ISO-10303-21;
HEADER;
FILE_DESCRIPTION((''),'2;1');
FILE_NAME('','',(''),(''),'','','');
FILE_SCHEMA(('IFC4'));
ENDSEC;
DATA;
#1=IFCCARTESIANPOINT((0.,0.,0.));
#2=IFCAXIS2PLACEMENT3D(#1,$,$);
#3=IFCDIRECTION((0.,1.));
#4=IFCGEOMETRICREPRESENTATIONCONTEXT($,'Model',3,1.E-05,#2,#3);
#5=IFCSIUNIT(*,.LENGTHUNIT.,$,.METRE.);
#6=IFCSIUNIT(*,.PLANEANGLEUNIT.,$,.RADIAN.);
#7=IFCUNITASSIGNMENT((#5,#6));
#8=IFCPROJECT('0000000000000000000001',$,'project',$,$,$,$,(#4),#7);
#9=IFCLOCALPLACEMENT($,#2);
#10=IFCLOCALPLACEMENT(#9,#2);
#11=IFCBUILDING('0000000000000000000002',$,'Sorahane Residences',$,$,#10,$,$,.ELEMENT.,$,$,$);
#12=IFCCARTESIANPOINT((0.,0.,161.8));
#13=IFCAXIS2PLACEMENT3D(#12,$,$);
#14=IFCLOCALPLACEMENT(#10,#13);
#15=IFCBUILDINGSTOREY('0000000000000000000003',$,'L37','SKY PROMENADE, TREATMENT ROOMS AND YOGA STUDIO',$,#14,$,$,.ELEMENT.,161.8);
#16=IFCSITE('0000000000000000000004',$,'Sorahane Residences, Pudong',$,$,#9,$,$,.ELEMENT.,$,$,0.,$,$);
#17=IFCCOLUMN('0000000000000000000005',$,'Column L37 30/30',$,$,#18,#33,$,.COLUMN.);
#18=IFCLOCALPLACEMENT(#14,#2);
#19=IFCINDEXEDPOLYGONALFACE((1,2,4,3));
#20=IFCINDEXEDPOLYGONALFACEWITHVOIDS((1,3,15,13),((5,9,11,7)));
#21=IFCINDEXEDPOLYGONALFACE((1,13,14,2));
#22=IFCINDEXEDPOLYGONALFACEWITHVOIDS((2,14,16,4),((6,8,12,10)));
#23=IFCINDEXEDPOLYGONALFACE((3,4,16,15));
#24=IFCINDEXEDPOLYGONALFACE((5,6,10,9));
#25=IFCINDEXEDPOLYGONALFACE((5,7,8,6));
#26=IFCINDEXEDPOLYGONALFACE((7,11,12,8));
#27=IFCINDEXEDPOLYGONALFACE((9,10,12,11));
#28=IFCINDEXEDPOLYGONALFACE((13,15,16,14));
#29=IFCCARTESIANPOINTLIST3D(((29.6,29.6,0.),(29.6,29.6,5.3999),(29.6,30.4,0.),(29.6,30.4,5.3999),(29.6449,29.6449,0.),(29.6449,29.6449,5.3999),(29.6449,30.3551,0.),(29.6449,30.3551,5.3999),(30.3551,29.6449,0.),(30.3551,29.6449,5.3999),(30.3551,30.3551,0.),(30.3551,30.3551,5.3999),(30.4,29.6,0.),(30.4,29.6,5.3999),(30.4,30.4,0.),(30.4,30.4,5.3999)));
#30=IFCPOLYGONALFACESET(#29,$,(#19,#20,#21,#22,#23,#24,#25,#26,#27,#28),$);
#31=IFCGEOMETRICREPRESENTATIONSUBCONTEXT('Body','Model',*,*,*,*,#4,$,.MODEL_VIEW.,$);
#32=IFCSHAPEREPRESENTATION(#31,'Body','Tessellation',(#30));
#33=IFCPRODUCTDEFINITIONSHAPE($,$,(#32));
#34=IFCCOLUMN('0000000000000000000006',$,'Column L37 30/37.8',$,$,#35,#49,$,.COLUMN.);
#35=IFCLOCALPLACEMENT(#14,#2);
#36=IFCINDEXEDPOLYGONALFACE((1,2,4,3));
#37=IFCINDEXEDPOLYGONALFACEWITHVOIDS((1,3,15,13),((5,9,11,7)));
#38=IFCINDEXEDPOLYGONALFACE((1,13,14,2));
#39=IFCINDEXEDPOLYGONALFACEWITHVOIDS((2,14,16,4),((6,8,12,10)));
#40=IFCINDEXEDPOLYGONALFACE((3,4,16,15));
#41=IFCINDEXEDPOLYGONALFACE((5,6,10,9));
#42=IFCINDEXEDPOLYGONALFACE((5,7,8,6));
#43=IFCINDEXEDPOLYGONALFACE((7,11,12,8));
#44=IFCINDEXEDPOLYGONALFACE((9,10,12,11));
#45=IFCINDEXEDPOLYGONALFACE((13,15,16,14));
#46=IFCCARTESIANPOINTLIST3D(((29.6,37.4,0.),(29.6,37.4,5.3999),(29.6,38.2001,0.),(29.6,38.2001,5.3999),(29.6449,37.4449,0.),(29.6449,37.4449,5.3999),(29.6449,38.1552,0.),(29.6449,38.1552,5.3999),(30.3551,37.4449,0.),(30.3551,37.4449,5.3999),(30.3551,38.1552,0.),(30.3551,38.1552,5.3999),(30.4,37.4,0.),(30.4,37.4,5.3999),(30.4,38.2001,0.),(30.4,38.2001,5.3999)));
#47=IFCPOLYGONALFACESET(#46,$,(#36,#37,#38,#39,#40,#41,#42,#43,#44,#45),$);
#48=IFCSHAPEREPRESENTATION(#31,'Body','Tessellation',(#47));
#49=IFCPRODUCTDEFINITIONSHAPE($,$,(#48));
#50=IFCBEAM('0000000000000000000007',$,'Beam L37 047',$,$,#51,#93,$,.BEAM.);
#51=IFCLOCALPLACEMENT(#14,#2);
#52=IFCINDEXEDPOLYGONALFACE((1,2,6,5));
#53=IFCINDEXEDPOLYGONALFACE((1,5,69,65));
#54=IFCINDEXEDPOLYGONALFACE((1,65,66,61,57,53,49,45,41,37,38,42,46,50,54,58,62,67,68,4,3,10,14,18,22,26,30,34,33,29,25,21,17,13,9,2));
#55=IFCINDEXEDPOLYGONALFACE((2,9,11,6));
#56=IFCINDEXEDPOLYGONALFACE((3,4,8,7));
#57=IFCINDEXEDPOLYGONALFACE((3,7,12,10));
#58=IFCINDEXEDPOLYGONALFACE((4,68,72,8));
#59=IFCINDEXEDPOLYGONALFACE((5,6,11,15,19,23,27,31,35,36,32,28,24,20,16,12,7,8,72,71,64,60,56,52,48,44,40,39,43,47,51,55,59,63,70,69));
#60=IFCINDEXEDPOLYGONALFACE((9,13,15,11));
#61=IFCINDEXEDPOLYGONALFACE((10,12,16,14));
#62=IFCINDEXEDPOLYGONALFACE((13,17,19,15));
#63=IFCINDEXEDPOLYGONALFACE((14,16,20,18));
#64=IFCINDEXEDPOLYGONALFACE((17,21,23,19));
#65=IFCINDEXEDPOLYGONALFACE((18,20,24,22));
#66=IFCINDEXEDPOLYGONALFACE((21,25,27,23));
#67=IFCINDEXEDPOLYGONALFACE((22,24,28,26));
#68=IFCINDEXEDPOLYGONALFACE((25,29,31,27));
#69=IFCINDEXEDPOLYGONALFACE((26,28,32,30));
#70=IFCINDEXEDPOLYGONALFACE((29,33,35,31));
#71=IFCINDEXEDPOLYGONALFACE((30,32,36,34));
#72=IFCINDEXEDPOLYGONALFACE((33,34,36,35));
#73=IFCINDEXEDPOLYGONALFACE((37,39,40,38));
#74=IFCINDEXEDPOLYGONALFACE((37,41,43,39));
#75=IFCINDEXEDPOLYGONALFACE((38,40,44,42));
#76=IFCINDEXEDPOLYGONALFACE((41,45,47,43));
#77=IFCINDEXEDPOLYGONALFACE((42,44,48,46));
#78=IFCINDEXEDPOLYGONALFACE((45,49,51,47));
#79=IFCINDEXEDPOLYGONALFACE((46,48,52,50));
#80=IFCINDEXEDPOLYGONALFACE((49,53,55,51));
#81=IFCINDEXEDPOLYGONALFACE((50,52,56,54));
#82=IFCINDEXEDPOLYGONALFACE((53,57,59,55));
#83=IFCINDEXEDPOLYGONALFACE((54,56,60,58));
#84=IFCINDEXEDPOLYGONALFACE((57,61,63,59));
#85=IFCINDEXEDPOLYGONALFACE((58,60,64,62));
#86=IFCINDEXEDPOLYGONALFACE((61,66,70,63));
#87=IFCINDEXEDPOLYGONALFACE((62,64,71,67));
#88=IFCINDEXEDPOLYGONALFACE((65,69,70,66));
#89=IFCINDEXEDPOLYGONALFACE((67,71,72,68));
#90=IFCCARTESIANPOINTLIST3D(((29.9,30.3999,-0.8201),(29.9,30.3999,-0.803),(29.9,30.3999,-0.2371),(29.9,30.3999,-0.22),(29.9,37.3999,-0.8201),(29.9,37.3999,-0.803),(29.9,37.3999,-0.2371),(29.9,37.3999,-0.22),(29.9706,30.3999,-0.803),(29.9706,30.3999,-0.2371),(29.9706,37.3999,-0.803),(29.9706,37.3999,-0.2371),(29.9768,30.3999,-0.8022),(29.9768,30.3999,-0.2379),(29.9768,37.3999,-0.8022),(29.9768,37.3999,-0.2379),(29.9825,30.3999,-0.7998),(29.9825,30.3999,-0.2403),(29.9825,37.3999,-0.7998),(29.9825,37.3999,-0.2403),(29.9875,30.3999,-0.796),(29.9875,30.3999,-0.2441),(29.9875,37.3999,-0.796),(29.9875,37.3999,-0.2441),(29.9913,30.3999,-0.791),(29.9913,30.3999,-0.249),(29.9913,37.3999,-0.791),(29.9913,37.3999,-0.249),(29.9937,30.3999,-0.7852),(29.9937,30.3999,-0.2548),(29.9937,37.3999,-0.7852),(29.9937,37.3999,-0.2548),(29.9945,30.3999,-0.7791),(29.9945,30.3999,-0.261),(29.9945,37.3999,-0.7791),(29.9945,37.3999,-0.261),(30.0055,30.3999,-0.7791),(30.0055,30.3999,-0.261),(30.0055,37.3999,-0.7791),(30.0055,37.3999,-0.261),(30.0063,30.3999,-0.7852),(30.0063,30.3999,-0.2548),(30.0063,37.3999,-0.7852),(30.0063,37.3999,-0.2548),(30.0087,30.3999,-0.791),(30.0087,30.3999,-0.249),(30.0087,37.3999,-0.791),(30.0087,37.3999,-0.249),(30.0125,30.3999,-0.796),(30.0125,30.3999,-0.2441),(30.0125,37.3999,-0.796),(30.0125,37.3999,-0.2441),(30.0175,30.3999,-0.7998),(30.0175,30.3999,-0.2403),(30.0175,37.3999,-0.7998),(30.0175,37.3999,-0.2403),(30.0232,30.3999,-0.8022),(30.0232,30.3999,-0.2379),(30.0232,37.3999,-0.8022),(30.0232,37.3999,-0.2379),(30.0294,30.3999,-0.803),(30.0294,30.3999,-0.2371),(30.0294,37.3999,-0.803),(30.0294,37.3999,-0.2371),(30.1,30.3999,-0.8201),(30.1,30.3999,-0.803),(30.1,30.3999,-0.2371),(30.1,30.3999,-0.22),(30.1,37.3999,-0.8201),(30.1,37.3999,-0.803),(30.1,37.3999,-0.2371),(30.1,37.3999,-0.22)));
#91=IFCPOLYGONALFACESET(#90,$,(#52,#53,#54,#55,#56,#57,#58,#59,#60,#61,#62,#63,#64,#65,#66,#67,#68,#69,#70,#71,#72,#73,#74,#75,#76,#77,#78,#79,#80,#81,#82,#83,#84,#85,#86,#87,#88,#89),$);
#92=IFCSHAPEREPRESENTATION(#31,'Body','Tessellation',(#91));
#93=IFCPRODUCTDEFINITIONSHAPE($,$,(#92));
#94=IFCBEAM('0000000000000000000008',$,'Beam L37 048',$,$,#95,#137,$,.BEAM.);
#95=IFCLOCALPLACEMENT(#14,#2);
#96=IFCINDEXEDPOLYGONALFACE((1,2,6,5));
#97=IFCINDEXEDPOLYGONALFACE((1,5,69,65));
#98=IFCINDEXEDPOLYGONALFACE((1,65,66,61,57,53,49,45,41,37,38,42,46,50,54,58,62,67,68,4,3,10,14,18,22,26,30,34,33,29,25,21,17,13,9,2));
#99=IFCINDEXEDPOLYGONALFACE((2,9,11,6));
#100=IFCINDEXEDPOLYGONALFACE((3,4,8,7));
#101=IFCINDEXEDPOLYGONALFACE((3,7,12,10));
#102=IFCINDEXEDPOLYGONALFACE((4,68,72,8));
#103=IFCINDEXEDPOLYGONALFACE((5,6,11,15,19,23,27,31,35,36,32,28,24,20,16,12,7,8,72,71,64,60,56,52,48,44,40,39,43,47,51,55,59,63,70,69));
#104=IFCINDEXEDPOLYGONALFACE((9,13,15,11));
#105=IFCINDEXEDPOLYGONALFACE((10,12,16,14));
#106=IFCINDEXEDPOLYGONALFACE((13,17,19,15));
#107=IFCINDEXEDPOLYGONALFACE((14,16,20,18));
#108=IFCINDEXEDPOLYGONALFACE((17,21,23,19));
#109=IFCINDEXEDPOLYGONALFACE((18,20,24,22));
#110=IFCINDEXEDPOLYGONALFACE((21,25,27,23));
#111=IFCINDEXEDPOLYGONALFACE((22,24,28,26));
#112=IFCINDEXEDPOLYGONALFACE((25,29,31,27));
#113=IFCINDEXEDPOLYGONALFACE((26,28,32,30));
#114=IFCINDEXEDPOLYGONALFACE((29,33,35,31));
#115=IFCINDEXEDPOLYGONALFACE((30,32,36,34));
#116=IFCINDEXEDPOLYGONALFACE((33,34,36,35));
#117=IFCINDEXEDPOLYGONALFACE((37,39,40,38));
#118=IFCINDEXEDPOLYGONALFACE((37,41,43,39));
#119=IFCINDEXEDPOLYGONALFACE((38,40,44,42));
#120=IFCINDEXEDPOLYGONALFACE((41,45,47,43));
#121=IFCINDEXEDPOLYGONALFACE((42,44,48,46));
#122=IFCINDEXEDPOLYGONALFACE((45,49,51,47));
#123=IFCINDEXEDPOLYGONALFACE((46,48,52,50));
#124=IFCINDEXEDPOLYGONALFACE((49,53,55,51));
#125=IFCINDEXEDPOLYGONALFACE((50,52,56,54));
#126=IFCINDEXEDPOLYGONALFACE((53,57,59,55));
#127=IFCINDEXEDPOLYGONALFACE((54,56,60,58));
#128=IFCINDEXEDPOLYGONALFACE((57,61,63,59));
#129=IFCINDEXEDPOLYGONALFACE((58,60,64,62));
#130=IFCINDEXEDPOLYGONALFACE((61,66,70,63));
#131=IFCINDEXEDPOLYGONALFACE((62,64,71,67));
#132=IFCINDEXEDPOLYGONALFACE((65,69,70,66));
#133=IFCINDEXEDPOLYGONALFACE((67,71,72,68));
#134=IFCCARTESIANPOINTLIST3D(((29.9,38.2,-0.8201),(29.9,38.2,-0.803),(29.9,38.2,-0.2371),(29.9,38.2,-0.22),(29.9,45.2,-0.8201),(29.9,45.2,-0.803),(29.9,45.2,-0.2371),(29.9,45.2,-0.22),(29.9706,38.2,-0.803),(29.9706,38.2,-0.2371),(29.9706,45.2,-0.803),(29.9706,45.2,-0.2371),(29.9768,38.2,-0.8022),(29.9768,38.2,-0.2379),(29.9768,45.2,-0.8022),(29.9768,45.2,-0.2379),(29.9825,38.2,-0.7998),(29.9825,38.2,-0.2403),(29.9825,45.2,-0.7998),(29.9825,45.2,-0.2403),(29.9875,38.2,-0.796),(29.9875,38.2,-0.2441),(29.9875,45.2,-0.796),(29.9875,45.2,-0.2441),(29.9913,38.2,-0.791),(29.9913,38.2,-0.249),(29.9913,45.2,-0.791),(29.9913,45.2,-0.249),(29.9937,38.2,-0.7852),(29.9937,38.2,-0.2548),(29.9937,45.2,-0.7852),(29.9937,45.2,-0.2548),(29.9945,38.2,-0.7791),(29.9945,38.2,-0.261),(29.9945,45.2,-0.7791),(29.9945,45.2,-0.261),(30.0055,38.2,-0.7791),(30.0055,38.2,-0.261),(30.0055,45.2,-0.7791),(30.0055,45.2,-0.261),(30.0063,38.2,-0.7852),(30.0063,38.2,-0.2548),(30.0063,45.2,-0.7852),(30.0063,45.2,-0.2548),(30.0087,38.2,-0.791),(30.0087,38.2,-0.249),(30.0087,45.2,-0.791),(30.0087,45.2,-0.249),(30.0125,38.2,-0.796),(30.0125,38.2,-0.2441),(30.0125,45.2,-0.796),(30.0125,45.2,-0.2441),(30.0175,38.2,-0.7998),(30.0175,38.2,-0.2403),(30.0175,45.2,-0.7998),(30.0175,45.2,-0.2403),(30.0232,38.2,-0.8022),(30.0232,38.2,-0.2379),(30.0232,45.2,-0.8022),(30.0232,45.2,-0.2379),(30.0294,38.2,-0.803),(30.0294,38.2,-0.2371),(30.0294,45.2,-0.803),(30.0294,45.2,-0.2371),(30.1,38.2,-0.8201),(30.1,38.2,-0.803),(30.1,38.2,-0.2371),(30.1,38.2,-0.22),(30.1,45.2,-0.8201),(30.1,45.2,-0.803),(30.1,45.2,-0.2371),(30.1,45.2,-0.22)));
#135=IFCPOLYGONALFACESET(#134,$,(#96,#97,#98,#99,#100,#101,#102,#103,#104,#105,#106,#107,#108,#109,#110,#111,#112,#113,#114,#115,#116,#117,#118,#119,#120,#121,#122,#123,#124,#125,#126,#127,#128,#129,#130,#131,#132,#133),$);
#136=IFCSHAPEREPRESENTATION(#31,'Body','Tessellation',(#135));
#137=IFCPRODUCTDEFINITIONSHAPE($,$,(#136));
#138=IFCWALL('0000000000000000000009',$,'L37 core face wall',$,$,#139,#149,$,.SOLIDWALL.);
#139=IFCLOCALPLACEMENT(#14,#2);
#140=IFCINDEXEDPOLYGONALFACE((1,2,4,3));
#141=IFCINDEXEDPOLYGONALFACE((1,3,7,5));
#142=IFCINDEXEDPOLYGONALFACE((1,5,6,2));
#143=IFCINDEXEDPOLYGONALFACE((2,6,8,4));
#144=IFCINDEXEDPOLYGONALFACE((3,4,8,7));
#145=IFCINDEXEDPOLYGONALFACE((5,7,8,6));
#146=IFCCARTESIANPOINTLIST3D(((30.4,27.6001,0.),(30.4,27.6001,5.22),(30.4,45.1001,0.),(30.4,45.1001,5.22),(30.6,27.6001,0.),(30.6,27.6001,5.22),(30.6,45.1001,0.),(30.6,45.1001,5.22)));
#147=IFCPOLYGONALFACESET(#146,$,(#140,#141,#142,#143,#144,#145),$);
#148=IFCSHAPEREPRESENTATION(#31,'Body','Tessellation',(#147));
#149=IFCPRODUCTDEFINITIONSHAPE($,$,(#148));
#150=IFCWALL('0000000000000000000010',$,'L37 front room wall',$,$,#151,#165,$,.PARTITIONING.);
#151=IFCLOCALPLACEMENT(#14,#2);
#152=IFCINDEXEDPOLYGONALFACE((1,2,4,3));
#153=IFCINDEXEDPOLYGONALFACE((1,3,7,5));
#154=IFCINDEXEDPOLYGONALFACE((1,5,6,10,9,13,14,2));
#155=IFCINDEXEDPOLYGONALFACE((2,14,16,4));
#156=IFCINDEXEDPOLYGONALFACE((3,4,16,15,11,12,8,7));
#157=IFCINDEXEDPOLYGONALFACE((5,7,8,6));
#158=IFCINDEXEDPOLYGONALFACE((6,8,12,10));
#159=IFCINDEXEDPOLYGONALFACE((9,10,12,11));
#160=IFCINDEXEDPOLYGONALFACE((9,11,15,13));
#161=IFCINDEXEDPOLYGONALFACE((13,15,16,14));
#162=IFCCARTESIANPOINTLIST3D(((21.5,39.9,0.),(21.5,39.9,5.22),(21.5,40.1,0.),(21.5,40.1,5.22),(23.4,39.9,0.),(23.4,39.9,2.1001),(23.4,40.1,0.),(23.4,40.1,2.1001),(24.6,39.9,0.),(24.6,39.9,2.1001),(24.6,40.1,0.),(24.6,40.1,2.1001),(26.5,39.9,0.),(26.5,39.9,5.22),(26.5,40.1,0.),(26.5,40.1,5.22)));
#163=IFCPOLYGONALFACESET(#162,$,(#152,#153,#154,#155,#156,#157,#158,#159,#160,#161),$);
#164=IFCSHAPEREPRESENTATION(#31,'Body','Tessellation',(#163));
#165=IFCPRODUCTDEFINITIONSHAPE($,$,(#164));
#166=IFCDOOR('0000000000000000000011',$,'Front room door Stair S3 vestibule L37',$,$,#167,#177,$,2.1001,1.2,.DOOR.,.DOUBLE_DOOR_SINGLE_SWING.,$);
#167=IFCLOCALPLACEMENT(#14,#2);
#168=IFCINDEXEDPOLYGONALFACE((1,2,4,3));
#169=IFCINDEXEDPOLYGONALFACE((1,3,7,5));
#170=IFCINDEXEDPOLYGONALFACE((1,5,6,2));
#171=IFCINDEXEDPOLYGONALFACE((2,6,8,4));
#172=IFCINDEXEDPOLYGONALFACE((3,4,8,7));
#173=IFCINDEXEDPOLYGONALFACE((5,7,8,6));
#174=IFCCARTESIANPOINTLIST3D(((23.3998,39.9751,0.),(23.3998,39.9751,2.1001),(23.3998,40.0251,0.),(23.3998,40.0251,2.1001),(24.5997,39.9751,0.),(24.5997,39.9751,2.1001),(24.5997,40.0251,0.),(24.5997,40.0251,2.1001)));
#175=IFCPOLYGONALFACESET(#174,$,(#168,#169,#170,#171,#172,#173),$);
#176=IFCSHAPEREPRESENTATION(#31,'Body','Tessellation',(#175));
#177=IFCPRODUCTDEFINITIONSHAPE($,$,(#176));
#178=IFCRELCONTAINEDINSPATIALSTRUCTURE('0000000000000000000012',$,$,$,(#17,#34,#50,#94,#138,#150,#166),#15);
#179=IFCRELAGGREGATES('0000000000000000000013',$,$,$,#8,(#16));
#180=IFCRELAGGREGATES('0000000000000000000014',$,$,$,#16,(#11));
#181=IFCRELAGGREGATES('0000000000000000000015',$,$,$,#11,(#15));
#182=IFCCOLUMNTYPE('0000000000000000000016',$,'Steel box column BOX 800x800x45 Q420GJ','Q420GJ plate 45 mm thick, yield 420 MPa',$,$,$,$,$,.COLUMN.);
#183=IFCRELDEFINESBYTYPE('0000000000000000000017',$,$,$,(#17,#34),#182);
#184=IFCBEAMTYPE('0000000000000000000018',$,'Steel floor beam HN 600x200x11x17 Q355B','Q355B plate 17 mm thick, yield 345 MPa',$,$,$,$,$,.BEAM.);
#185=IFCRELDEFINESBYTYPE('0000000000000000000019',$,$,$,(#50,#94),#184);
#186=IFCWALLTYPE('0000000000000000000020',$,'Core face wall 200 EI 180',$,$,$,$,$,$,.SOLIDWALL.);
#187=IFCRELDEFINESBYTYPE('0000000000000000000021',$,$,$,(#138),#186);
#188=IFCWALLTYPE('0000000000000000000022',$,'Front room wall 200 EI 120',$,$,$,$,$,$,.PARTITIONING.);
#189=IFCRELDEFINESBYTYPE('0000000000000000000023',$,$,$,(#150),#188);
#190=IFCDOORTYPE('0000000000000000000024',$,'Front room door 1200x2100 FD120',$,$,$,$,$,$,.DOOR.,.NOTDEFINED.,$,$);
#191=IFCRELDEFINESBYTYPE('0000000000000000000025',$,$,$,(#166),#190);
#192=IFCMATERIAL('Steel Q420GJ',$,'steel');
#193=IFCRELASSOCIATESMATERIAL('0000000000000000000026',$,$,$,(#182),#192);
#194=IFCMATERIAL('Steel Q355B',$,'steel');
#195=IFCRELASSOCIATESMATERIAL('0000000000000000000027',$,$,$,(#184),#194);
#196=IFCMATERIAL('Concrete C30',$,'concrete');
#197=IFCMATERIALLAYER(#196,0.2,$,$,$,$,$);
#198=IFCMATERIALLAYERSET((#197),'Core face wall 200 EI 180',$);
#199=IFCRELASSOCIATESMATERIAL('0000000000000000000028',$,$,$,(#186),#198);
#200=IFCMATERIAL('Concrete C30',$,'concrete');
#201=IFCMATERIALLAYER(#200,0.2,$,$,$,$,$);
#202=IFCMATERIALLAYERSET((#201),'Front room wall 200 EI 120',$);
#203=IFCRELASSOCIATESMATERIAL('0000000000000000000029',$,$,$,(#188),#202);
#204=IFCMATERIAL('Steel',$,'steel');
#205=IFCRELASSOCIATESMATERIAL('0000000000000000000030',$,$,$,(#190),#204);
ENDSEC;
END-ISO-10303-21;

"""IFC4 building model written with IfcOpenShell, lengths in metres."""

from ifc_helpers import new_model, si_unit, direction, frame, frame_2d, origin, origin_2d, place, context, subcontext, project, spatial, rectangle, hollow_rectangle, i_section, extrude, material, layer, layer_set, material_profile, profile_set, type_object, element, fill, save


model = new_model("IFC4")

# Units and contexts
model_context = context("Model", 3, precision=1e-05, world=origin(), true_north=direction((0.0, 1.0)))
body_context = subcontext(model_context, "Body", "Model", "MODEL_VIEW")
ifc_project = project(units=[si_unit("LENGTHUNIT", "METRE"), si_unit("PLANEANGLEUNIT", "RADIAN")], contexts=[model_context])

# Site, building, storey
site_placement = place(None, origin())
site = spatial("IfcSite", under=ifc_project, at=site_placement, Name="Sorahane Residences, Pudong", CompositionType="ELEMENT", RefElevation=0.0)
building_placement = place(site_placement, origin())
building = spatial("IfcBuilding", under=site, at=building_placement, Name="Sorahane Residences", CompositionType="ELEMENT")
storey_placement = place(building_placement, frame((0.0, 0.0, 161.8)))
storey = spatial("IfcBuildingStorey", under=building, at=storey_placement, Name="L37", Description="SKY PROMENADE, TREATMENT ROOMS AND YOGA STUDIO", CompositionType="ELEMENT", Elevation=161.8)

# Columns
ifc_material_1 = material(Name="Steel Q420GJ", Category="steel")
ifc_material_profile_1 = material_profile(ifc_material_1, hollow_rectangle(XDim=0.8, YDim=0.8, WallThickness=0.0449, at=origin_2d()), Name="BOX 800x800x45")
ifc_profile_set_1 = profile_set([ifc_material_profile_1], Name="Steel Q420GJ")
column_type = type_object("IfcColumnType", Name="Steel box column BOX 800x800x45 Q420GJ", Description="Q420GJ plate 45 mm thick, yield 420 MPa", PredefinedType="COLUMN", material=ifc_profile_set_1)
for number, where, z_axis, x_axis, name in (
    (1, (30.0, 30.0, 0.0), (0.0, 0.0, 1.0), (1.0, 0.0, 0.0), "Column L37 30/30"),
    (2, (30.0, 37.8, 0.0), (0.0, 0.0, 1.0), (1.0, 0.0, 0.0), "Column L37 30/37.8"),
):
    element("IfcColumn", number, at=place(storey_placement, frame(where, z_axis=z_axis, x_axis=x_axis)), inside=storey, type_object=column_type, Name=name, PredefinedType="COLUMN", context=body_context, shape_type="SweptSolid", body=[
        extrude(hollow_rectangle(XDim=0.8, YDim=0.8, WallThickness=0.0449, at=origin_2d()), origin(), (0.0, 0.0, 1.0), 5.3999),
    ])

# Beams
ifc_material_2 = material(Name="Steel Q355B", Category="steel")
ifc_material_profile_2 = material_profile(ifc_material_2, i_section(OverallWidth=0.2, OverallDepth=0.6001, WebThickness=0.011, FlangeThickness=0.0171, FilletRadius=0.0239, at=origin_2d()), Name="HN 600x200x11x17")
ifc_profile_set_2 = profile_set([ifc_material_profile_2], Name="Steel Q355B")
beam_type = type_object("IfcBeamType", Name="Steel floor beam HN 600x200x11x17 Q355B", Description="Q355B plate 17 mm thick, yield 345 MPa", PredefinedType="BEAM", material=ifc_profile_set_2)
for number, where, z_axis, x_axis, name in (
    (3, (30.0, 30.3999, -0.52), (0.0, 1.0, 0.0), (-1.0, 0.0, 0.0), "Beam L37 047"),
    (4, (30.0, 38.2, -0.52), (0.0, 1.0, 0.0), (-1.0, 0.0, 0.0), "Beam L37 048"),
):
    element("IfcBeam", number, at=place(storey_placement, frame(where, z_axis=z_axis, x_axis=x_axis)), inside=storey, type_object=beam_type, Name=name, PredefinedType="BEAM", context=body_context, shape_type="SweptSolid", body=[
        extrude(i_section(OverallWidth=0.2, OverallDepth=0.6001, WebThickness=0.011, FlangeThickness=0.0171, FilletRadius=0.0239, at=origin_2d()), origin(), (0.0, 0.0, 1.0), 7.0),
    ])

# Wall
ifc_material_3 = material(Name="Concrete C30", Category="concrete")
ifc_layer_1 = layer(ifc_material_3, 0.2)
ifc_layer_set_1 = layer_set([ifc_layer_1], Name="Core face wall 200 EI 180")
wall_type_1 = type_object("IfcWallType", Name="Core face wall 200 EI 180", PredefinedType="SOLIDWALL", material=ifc_layer_set_1)
wall_1_placement = place(storey_placement, frame((30.5, 27.6001, 0.0), z_axis=(0.0, 0.0, 1.0), x_axis=(0.0, 1.0, 0.0)))
element("IfcWall", 5, at=wall_1_placement, inside=storey, type_object=wall_type_1, Name="L37 core face wall", PredefinedType="SOLIDWALL", context=body_context, shape_type="SweptSolid", body=[
    extrude(rectangle(XDim=17.5, YDim=0.2, at=frame_2d((8.75, 0.0))), origin(), (0.0, 0.0, 1.0), 5.22),
])

# Wall, opening, door
ifc_material_4 = material(Name="Concrete C30", Category="concrete")
ifc_layer_2 = layer(ifc_material_4, 0.2)
ifc_layer_set_2 = layer_set([ifc_layer_2], Name="Front room wall 200 EI 120")
wall_type_2 = type_object("IfcWallType", Name="Front room wall 200 EI 120", PredefinedType="PARTITIONING", material=ifc_layer_set_2)
wall_2_placement = place(storey_placement, frame((21.5, 40.0, 0.0), z_axis=(0.0, 0.0, 1.0), x_axis=(1.0, 0.0, 0.0)))
wall_2 = element("IfcWall", 6, at=wall_2_placement, inside=storey, type_object=wall_type_2, Name="L37 front room wall", PredefinedType="PARTITIONING", context=body_context, shape_type="SweptSolid", body=[
    extrude(rectangle(XDim=5.0, YDim=0.2, at=frame_2d((2.5, 0.0))), origin(), (0.0, 0.0, 1.0), 5.22),
])
opening_1_placement = place(wall_2_placement, frame((1.8999, 0.0, 0.0)))
opening_1 = element("IfcOpeningElement", 7, at=opening_1_placement, cuts=wall_2, PredefinedType="OPENING", context=body_context, shape_type="SweptSolid", body=[
    extrude(rectangle(XDim=1.2, YDim=2.1001, at=frame_2d((0.6001, 1.05))), frame((0.0, 0.1099, 0.0), z_axis=(0.0, -1.0, 0.0), x_axis=(1.0, 0.0, 0.0)), (0.0, 0.0, 1.0), 0.22),
])
ifc_material_5 = material(Name="Steel", Category="steel")
door_type = type_object("IfcDoorType", Name="Front room door 1200x2100 FD120", OperationType="NOTDEFINED", PredefinedType="DOOR", material=ifc_material_5)
door_1_placement = place(opening_1_placement, frame((1.2, 0.0, 0.0), z_axis=(0.0, 0.0, 1.0), x_axis=(-1.0, 0.0, 0.0)))
door_1 = element("IfcDoor", 8, at=door_1_placement, inside=storey, type_object=door_type, Name="Front room door Stair S3 vestibule L37", OperationType="DOUBLE_DOOR_SINGLE_SWING", OverallHeight=2.1001, OverallWidth=1.2, PredefinedType="DOOR", context=body_context, shape_type="SweptSolid", body=[
    extrude(rectangle(XDim=1.2, YDim=2.1001, at=frame_2d((0.6001, 1.05))), frame((0.0, 0.0249, 0.0), z_axis=(0.0, -1.0, 0.0), x_axis=(1.0, 0.0, 0.0)), (0.0, 0.0, 1.0), 0.05),
])
fill(opening_1, door_1)

save(model, "model.ifc")
